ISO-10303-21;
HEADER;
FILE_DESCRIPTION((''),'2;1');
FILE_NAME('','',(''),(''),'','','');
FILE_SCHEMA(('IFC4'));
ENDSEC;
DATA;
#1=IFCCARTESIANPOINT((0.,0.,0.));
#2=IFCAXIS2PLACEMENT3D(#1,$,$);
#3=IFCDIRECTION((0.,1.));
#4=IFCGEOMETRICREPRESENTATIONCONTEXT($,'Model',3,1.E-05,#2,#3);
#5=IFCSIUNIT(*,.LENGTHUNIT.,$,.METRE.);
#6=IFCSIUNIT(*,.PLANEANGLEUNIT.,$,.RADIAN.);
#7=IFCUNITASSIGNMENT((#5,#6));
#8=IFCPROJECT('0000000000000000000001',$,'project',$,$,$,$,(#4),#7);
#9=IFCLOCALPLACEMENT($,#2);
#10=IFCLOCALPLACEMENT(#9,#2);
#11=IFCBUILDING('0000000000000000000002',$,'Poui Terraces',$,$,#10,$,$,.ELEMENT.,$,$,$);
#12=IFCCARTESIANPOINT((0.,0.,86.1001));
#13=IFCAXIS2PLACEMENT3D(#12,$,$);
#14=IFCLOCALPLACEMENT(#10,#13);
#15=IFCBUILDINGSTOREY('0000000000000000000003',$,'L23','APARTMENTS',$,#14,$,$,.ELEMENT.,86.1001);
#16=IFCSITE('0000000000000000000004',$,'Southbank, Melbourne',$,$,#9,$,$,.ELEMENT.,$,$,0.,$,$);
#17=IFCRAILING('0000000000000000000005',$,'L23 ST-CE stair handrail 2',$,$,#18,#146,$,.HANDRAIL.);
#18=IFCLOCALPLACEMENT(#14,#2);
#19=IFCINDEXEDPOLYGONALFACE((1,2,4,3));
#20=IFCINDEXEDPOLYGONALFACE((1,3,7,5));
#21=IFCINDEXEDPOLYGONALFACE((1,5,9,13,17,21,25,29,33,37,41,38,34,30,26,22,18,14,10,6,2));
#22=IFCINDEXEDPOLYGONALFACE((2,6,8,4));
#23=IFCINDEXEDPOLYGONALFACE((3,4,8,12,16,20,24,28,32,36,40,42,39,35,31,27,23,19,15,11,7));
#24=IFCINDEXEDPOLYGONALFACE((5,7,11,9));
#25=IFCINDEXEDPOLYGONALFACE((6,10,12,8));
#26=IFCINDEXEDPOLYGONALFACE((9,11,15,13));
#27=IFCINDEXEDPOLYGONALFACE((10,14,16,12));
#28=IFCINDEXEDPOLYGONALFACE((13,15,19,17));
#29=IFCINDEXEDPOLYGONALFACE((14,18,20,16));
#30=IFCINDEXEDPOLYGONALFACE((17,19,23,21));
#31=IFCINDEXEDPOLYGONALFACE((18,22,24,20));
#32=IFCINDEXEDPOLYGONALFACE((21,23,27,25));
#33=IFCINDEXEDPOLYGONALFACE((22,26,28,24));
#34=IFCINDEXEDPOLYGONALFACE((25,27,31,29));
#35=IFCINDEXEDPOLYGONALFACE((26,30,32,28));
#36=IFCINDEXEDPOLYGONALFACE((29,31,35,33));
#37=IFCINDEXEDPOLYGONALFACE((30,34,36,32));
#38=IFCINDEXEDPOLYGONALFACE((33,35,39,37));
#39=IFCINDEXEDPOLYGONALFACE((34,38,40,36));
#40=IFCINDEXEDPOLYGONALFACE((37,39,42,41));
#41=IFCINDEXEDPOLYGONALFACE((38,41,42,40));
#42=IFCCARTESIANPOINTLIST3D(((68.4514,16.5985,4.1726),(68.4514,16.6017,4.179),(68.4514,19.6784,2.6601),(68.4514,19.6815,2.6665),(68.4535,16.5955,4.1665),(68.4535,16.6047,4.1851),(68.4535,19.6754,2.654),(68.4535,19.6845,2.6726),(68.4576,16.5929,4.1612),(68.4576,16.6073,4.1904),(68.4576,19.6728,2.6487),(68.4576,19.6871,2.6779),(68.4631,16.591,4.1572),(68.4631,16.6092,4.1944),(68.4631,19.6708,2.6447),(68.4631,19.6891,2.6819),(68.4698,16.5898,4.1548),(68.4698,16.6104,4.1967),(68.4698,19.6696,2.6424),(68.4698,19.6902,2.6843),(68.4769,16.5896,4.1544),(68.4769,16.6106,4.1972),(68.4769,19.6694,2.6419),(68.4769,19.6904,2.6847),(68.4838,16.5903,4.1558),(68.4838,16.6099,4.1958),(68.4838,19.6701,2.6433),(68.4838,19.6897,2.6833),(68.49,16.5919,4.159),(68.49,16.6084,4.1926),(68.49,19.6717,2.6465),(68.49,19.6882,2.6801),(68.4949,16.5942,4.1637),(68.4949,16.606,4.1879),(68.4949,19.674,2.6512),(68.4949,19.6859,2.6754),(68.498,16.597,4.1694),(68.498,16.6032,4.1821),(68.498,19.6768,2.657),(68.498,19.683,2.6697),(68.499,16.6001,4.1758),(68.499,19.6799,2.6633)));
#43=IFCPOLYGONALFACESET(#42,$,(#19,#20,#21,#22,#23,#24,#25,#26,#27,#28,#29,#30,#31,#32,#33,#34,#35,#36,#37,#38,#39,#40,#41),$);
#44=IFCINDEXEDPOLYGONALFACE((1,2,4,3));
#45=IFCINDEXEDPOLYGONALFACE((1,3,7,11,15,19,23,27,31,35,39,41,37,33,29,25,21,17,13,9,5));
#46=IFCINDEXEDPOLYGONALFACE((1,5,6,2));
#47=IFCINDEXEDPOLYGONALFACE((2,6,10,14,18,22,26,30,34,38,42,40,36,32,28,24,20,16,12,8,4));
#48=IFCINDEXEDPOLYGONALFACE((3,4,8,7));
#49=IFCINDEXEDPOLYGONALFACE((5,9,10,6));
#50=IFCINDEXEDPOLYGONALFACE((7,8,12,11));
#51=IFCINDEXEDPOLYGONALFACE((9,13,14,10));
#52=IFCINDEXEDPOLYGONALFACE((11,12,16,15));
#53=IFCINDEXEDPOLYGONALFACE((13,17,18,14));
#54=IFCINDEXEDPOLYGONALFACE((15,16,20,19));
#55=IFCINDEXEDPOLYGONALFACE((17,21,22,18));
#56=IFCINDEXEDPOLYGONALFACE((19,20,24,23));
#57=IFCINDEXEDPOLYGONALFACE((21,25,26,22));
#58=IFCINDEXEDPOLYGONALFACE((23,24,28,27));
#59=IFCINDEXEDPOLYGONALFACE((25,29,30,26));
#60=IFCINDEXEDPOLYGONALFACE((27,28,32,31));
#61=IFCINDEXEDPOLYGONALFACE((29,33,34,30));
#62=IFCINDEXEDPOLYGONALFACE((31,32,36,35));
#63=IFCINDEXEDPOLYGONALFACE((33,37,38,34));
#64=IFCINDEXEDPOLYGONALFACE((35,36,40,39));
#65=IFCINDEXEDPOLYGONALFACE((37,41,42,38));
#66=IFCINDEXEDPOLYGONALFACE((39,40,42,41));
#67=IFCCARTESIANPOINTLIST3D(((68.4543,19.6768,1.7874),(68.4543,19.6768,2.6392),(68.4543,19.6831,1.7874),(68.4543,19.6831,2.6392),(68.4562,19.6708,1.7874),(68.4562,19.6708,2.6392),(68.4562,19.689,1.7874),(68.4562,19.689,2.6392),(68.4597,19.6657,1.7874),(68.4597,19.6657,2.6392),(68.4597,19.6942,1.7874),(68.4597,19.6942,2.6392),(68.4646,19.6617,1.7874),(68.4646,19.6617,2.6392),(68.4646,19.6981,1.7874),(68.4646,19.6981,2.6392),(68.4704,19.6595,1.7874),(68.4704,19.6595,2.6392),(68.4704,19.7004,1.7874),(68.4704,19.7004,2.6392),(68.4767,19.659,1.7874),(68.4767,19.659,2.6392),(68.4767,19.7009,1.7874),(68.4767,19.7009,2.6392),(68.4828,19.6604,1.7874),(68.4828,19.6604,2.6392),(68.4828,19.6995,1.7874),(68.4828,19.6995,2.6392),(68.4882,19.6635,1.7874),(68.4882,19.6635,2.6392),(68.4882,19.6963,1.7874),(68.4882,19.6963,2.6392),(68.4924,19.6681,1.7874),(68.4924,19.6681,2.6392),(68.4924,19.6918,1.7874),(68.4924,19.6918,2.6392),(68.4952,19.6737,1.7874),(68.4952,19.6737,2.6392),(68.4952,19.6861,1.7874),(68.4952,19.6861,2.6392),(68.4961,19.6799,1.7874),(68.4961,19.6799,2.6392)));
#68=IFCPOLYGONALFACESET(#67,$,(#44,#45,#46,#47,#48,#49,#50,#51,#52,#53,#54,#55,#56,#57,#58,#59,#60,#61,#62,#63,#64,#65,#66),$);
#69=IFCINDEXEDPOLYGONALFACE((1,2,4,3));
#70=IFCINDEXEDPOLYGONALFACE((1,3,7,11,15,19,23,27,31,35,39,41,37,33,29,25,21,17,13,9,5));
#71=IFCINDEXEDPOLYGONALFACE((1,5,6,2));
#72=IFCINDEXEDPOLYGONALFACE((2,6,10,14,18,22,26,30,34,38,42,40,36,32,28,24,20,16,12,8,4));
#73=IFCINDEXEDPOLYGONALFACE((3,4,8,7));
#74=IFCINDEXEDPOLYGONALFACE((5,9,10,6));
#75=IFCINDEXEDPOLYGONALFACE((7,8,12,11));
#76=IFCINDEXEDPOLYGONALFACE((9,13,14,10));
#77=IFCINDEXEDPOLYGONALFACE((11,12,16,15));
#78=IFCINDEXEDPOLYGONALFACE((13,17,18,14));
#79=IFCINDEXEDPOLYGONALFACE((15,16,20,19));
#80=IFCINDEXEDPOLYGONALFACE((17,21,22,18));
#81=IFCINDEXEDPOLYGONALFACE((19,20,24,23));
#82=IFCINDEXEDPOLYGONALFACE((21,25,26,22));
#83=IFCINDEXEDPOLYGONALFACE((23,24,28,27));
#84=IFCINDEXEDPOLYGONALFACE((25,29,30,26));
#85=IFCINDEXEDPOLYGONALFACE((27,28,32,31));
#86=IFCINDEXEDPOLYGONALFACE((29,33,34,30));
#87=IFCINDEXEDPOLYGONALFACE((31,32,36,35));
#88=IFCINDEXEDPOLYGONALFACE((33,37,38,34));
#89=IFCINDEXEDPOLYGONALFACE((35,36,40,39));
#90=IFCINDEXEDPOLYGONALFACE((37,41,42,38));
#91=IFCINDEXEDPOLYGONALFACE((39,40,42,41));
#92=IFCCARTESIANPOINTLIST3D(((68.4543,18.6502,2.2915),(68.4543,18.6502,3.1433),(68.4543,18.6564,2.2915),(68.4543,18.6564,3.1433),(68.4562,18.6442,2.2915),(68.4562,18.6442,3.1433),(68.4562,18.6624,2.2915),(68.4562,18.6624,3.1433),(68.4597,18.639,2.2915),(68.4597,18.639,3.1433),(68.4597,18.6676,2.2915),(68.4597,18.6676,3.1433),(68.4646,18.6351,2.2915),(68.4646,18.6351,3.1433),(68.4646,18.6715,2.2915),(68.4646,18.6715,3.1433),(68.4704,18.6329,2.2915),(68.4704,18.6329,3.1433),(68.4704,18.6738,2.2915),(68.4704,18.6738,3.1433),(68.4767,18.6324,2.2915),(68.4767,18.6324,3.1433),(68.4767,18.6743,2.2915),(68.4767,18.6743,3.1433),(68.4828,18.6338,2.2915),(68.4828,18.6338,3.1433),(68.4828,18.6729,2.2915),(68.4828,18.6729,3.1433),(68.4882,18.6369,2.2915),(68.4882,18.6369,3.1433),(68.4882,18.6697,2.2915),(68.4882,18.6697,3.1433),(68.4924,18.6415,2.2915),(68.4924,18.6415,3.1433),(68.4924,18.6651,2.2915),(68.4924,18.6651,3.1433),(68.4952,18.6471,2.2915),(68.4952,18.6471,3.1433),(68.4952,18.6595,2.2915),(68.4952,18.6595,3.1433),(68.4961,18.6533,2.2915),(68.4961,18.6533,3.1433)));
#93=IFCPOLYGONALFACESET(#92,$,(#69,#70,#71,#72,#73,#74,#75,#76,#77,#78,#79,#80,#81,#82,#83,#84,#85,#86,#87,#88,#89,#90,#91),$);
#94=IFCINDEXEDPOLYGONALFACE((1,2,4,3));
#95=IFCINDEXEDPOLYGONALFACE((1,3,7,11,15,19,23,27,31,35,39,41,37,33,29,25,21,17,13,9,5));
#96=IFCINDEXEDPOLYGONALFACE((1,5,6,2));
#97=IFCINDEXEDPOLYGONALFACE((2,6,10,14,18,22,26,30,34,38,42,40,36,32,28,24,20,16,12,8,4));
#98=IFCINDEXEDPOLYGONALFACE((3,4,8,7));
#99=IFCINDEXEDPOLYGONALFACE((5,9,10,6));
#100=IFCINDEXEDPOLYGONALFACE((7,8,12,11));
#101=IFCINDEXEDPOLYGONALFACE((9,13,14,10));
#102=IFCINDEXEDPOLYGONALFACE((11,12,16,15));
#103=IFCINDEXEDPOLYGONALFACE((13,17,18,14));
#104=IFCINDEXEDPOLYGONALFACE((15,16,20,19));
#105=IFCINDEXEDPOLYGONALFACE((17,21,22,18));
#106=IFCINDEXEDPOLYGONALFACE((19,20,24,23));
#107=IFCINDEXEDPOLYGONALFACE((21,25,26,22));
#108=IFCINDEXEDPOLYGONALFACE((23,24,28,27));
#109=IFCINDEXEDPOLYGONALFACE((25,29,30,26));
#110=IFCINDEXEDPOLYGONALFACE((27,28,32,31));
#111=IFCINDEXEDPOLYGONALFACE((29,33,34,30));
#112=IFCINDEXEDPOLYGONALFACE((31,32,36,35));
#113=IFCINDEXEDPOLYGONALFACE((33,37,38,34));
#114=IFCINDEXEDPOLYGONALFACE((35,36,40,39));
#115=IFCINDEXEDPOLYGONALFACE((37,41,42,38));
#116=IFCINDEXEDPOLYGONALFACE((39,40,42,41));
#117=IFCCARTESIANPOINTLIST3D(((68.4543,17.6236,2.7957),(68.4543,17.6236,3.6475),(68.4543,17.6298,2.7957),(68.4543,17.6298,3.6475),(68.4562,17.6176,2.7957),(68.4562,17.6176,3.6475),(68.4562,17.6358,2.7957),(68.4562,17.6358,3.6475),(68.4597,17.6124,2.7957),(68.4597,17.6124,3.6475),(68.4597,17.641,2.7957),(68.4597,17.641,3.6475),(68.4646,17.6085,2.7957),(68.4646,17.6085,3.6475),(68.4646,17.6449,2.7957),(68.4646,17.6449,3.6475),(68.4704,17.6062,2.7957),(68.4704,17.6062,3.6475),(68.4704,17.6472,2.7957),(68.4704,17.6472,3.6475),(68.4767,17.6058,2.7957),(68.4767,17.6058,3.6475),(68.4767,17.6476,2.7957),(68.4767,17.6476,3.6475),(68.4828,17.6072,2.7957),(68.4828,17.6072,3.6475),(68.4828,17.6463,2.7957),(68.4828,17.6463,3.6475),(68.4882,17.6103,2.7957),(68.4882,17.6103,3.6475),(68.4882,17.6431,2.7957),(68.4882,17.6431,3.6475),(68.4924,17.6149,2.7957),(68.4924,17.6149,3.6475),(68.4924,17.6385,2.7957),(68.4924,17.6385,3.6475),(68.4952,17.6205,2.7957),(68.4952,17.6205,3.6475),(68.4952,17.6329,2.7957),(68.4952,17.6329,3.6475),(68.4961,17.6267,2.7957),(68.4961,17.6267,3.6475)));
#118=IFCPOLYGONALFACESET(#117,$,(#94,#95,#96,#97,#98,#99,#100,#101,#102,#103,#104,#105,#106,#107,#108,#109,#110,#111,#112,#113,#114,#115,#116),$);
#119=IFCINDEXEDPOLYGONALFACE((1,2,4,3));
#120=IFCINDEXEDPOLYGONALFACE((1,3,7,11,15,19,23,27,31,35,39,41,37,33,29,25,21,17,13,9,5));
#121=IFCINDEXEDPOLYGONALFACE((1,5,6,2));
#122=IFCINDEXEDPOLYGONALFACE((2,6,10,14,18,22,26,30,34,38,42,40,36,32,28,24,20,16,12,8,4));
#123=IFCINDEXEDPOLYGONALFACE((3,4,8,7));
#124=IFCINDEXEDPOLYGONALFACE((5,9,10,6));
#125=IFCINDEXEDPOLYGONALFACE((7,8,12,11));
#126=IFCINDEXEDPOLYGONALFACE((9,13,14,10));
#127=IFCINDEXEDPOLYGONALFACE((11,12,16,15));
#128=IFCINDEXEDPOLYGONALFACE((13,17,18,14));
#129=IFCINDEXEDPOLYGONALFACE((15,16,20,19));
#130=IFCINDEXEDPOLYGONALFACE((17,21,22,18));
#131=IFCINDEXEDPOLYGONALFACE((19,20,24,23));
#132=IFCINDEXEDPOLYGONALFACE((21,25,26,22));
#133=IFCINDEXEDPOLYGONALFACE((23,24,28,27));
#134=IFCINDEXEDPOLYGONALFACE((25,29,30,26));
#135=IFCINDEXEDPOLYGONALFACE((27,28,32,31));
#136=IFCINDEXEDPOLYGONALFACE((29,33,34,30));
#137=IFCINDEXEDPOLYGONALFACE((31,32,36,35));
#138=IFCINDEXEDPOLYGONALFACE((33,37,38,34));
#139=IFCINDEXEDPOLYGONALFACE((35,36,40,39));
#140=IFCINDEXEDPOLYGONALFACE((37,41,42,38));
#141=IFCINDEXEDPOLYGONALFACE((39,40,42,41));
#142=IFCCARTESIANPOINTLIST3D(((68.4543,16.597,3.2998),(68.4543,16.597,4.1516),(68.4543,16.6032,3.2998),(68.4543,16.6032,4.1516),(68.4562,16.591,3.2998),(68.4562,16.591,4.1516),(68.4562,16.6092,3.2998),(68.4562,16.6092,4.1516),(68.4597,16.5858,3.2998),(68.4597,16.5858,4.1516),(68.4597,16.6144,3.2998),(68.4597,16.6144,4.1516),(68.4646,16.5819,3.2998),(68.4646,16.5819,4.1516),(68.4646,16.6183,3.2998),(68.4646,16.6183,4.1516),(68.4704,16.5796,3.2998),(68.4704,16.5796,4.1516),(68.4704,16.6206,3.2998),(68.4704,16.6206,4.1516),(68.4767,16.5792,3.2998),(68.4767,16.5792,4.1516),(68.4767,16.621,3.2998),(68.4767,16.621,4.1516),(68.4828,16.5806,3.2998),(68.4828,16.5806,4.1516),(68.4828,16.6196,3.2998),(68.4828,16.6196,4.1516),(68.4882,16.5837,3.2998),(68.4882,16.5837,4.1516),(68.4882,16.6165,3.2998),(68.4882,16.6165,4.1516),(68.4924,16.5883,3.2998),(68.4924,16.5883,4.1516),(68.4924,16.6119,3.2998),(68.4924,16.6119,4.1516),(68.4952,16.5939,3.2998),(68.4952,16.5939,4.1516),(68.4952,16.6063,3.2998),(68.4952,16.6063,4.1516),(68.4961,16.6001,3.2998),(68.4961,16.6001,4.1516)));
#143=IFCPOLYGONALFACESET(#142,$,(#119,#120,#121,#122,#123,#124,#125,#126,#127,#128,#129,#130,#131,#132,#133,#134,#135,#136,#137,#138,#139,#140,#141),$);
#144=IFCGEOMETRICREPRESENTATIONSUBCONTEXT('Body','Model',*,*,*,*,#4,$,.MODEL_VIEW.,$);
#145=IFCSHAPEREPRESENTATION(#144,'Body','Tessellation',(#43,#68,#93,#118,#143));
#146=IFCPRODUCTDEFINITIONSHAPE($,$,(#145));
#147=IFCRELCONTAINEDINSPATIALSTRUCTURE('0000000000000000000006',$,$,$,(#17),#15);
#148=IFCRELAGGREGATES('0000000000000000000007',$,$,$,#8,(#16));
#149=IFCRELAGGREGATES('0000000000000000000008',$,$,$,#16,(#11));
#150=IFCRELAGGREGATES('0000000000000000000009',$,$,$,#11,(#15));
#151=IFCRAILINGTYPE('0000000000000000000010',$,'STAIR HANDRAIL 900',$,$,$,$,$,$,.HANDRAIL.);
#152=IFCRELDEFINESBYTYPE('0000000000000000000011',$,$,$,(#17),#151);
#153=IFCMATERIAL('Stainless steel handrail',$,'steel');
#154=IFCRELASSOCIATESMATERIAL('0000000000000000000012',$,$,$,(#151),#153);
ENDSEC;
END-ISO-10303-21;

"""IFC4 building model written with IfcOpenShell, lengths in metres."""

from ifc_helpers import new_model, si_unit, direction, frame, origin, origin_2d, place, context, subcontext, project, spatial, circle, extrude, material, type_object, element, save


model = new_model("IFC4")

# Units and contexts
model_context = context("Model", 3, precision=1e-05, world=origin(), true_north=direction((0.0, 1.0)))
body_context = subcontext(model_context, "Body", "Model", "MODEL_VIEW")
ifc_project = project(units=[si_unit("LENGTHUNIT", "METRE"), si_unit("PLANEANGLEUNIT", "RADIAN")], contexts=[model_context])

# Site, building, storey
site_placement = place(None, origin())
site = spatial("IfcSite", under=ifc_project, at=site_placement, Name="Southbank, Melbourne", CompositionType="ELEMENT", RefElevation=0.0)
building_placement = place(site_placement, origin())
building = spatial("IfcBuilding", under=site, at=building_placement, Name="Poui Terraces", CompositionType="ELEMENT")
storey_placement = place(building_placement, frame((0.0, 0.0, 86.1001)))
storey = spatial("IfcBuildingStorey", under=building, at=storey_placement, Name="L23", Description="APARTMENTS", CompositionType="ELEMENT", Elevation=86.1001)

# Railing
ifc_material_1 = material(Name="Stainless steel handrail", Category="steel")
railing_type = type_object("IfcRailingType", Name="STAIR HANDRAIL 900", PredefinedType="HANDRAIL", material=ifc_material_1)
railing_placement = place(storey_placement, frame((68.4751, 19.6799, 1.7874)))
element("IfcRailing", 1, at=railing_placement, inside=storey, type_object=railing_type, Name="L23 ST-CE stair handrail 2", PredefinedType="HANDRAIL", context=body_context, shape_type="SweptSolid", body=[
    extrude(circle(Radius=0.0239, at=origin_2d()), frame((0.0, 0.0, 0.876), z_axis=(0.0, -0.897606, 0.440798), x_axis=(1.0, 0.0, 0.0)), (0.0, 0.0, 1.0), 3.4312),
    extrude(circle(Radius=0.021, at=origin_2d()), origin(), (0.0, 0.0, 1.0), 0.8518),
    extrude(circle(Radius=0.021, at=origin_2d()), frame((0.0, -1.0266, 0.5042)), (0.0, 0.0, 1.0), 0.8518),
    extrude(circle(Radius=0.021, at=origin_2d()), frame((0.0, -2.0532, 1.0083)), (0.0, 0.0, 1.0), 0.8518),
    extrude(circle(Radius=0.021, at=origin_2d()), frame((0.0, -3.0798, 1.5125)), (0.0, 0.0, 1.0), 0.8518),
])

save(model, "model.ifc")
